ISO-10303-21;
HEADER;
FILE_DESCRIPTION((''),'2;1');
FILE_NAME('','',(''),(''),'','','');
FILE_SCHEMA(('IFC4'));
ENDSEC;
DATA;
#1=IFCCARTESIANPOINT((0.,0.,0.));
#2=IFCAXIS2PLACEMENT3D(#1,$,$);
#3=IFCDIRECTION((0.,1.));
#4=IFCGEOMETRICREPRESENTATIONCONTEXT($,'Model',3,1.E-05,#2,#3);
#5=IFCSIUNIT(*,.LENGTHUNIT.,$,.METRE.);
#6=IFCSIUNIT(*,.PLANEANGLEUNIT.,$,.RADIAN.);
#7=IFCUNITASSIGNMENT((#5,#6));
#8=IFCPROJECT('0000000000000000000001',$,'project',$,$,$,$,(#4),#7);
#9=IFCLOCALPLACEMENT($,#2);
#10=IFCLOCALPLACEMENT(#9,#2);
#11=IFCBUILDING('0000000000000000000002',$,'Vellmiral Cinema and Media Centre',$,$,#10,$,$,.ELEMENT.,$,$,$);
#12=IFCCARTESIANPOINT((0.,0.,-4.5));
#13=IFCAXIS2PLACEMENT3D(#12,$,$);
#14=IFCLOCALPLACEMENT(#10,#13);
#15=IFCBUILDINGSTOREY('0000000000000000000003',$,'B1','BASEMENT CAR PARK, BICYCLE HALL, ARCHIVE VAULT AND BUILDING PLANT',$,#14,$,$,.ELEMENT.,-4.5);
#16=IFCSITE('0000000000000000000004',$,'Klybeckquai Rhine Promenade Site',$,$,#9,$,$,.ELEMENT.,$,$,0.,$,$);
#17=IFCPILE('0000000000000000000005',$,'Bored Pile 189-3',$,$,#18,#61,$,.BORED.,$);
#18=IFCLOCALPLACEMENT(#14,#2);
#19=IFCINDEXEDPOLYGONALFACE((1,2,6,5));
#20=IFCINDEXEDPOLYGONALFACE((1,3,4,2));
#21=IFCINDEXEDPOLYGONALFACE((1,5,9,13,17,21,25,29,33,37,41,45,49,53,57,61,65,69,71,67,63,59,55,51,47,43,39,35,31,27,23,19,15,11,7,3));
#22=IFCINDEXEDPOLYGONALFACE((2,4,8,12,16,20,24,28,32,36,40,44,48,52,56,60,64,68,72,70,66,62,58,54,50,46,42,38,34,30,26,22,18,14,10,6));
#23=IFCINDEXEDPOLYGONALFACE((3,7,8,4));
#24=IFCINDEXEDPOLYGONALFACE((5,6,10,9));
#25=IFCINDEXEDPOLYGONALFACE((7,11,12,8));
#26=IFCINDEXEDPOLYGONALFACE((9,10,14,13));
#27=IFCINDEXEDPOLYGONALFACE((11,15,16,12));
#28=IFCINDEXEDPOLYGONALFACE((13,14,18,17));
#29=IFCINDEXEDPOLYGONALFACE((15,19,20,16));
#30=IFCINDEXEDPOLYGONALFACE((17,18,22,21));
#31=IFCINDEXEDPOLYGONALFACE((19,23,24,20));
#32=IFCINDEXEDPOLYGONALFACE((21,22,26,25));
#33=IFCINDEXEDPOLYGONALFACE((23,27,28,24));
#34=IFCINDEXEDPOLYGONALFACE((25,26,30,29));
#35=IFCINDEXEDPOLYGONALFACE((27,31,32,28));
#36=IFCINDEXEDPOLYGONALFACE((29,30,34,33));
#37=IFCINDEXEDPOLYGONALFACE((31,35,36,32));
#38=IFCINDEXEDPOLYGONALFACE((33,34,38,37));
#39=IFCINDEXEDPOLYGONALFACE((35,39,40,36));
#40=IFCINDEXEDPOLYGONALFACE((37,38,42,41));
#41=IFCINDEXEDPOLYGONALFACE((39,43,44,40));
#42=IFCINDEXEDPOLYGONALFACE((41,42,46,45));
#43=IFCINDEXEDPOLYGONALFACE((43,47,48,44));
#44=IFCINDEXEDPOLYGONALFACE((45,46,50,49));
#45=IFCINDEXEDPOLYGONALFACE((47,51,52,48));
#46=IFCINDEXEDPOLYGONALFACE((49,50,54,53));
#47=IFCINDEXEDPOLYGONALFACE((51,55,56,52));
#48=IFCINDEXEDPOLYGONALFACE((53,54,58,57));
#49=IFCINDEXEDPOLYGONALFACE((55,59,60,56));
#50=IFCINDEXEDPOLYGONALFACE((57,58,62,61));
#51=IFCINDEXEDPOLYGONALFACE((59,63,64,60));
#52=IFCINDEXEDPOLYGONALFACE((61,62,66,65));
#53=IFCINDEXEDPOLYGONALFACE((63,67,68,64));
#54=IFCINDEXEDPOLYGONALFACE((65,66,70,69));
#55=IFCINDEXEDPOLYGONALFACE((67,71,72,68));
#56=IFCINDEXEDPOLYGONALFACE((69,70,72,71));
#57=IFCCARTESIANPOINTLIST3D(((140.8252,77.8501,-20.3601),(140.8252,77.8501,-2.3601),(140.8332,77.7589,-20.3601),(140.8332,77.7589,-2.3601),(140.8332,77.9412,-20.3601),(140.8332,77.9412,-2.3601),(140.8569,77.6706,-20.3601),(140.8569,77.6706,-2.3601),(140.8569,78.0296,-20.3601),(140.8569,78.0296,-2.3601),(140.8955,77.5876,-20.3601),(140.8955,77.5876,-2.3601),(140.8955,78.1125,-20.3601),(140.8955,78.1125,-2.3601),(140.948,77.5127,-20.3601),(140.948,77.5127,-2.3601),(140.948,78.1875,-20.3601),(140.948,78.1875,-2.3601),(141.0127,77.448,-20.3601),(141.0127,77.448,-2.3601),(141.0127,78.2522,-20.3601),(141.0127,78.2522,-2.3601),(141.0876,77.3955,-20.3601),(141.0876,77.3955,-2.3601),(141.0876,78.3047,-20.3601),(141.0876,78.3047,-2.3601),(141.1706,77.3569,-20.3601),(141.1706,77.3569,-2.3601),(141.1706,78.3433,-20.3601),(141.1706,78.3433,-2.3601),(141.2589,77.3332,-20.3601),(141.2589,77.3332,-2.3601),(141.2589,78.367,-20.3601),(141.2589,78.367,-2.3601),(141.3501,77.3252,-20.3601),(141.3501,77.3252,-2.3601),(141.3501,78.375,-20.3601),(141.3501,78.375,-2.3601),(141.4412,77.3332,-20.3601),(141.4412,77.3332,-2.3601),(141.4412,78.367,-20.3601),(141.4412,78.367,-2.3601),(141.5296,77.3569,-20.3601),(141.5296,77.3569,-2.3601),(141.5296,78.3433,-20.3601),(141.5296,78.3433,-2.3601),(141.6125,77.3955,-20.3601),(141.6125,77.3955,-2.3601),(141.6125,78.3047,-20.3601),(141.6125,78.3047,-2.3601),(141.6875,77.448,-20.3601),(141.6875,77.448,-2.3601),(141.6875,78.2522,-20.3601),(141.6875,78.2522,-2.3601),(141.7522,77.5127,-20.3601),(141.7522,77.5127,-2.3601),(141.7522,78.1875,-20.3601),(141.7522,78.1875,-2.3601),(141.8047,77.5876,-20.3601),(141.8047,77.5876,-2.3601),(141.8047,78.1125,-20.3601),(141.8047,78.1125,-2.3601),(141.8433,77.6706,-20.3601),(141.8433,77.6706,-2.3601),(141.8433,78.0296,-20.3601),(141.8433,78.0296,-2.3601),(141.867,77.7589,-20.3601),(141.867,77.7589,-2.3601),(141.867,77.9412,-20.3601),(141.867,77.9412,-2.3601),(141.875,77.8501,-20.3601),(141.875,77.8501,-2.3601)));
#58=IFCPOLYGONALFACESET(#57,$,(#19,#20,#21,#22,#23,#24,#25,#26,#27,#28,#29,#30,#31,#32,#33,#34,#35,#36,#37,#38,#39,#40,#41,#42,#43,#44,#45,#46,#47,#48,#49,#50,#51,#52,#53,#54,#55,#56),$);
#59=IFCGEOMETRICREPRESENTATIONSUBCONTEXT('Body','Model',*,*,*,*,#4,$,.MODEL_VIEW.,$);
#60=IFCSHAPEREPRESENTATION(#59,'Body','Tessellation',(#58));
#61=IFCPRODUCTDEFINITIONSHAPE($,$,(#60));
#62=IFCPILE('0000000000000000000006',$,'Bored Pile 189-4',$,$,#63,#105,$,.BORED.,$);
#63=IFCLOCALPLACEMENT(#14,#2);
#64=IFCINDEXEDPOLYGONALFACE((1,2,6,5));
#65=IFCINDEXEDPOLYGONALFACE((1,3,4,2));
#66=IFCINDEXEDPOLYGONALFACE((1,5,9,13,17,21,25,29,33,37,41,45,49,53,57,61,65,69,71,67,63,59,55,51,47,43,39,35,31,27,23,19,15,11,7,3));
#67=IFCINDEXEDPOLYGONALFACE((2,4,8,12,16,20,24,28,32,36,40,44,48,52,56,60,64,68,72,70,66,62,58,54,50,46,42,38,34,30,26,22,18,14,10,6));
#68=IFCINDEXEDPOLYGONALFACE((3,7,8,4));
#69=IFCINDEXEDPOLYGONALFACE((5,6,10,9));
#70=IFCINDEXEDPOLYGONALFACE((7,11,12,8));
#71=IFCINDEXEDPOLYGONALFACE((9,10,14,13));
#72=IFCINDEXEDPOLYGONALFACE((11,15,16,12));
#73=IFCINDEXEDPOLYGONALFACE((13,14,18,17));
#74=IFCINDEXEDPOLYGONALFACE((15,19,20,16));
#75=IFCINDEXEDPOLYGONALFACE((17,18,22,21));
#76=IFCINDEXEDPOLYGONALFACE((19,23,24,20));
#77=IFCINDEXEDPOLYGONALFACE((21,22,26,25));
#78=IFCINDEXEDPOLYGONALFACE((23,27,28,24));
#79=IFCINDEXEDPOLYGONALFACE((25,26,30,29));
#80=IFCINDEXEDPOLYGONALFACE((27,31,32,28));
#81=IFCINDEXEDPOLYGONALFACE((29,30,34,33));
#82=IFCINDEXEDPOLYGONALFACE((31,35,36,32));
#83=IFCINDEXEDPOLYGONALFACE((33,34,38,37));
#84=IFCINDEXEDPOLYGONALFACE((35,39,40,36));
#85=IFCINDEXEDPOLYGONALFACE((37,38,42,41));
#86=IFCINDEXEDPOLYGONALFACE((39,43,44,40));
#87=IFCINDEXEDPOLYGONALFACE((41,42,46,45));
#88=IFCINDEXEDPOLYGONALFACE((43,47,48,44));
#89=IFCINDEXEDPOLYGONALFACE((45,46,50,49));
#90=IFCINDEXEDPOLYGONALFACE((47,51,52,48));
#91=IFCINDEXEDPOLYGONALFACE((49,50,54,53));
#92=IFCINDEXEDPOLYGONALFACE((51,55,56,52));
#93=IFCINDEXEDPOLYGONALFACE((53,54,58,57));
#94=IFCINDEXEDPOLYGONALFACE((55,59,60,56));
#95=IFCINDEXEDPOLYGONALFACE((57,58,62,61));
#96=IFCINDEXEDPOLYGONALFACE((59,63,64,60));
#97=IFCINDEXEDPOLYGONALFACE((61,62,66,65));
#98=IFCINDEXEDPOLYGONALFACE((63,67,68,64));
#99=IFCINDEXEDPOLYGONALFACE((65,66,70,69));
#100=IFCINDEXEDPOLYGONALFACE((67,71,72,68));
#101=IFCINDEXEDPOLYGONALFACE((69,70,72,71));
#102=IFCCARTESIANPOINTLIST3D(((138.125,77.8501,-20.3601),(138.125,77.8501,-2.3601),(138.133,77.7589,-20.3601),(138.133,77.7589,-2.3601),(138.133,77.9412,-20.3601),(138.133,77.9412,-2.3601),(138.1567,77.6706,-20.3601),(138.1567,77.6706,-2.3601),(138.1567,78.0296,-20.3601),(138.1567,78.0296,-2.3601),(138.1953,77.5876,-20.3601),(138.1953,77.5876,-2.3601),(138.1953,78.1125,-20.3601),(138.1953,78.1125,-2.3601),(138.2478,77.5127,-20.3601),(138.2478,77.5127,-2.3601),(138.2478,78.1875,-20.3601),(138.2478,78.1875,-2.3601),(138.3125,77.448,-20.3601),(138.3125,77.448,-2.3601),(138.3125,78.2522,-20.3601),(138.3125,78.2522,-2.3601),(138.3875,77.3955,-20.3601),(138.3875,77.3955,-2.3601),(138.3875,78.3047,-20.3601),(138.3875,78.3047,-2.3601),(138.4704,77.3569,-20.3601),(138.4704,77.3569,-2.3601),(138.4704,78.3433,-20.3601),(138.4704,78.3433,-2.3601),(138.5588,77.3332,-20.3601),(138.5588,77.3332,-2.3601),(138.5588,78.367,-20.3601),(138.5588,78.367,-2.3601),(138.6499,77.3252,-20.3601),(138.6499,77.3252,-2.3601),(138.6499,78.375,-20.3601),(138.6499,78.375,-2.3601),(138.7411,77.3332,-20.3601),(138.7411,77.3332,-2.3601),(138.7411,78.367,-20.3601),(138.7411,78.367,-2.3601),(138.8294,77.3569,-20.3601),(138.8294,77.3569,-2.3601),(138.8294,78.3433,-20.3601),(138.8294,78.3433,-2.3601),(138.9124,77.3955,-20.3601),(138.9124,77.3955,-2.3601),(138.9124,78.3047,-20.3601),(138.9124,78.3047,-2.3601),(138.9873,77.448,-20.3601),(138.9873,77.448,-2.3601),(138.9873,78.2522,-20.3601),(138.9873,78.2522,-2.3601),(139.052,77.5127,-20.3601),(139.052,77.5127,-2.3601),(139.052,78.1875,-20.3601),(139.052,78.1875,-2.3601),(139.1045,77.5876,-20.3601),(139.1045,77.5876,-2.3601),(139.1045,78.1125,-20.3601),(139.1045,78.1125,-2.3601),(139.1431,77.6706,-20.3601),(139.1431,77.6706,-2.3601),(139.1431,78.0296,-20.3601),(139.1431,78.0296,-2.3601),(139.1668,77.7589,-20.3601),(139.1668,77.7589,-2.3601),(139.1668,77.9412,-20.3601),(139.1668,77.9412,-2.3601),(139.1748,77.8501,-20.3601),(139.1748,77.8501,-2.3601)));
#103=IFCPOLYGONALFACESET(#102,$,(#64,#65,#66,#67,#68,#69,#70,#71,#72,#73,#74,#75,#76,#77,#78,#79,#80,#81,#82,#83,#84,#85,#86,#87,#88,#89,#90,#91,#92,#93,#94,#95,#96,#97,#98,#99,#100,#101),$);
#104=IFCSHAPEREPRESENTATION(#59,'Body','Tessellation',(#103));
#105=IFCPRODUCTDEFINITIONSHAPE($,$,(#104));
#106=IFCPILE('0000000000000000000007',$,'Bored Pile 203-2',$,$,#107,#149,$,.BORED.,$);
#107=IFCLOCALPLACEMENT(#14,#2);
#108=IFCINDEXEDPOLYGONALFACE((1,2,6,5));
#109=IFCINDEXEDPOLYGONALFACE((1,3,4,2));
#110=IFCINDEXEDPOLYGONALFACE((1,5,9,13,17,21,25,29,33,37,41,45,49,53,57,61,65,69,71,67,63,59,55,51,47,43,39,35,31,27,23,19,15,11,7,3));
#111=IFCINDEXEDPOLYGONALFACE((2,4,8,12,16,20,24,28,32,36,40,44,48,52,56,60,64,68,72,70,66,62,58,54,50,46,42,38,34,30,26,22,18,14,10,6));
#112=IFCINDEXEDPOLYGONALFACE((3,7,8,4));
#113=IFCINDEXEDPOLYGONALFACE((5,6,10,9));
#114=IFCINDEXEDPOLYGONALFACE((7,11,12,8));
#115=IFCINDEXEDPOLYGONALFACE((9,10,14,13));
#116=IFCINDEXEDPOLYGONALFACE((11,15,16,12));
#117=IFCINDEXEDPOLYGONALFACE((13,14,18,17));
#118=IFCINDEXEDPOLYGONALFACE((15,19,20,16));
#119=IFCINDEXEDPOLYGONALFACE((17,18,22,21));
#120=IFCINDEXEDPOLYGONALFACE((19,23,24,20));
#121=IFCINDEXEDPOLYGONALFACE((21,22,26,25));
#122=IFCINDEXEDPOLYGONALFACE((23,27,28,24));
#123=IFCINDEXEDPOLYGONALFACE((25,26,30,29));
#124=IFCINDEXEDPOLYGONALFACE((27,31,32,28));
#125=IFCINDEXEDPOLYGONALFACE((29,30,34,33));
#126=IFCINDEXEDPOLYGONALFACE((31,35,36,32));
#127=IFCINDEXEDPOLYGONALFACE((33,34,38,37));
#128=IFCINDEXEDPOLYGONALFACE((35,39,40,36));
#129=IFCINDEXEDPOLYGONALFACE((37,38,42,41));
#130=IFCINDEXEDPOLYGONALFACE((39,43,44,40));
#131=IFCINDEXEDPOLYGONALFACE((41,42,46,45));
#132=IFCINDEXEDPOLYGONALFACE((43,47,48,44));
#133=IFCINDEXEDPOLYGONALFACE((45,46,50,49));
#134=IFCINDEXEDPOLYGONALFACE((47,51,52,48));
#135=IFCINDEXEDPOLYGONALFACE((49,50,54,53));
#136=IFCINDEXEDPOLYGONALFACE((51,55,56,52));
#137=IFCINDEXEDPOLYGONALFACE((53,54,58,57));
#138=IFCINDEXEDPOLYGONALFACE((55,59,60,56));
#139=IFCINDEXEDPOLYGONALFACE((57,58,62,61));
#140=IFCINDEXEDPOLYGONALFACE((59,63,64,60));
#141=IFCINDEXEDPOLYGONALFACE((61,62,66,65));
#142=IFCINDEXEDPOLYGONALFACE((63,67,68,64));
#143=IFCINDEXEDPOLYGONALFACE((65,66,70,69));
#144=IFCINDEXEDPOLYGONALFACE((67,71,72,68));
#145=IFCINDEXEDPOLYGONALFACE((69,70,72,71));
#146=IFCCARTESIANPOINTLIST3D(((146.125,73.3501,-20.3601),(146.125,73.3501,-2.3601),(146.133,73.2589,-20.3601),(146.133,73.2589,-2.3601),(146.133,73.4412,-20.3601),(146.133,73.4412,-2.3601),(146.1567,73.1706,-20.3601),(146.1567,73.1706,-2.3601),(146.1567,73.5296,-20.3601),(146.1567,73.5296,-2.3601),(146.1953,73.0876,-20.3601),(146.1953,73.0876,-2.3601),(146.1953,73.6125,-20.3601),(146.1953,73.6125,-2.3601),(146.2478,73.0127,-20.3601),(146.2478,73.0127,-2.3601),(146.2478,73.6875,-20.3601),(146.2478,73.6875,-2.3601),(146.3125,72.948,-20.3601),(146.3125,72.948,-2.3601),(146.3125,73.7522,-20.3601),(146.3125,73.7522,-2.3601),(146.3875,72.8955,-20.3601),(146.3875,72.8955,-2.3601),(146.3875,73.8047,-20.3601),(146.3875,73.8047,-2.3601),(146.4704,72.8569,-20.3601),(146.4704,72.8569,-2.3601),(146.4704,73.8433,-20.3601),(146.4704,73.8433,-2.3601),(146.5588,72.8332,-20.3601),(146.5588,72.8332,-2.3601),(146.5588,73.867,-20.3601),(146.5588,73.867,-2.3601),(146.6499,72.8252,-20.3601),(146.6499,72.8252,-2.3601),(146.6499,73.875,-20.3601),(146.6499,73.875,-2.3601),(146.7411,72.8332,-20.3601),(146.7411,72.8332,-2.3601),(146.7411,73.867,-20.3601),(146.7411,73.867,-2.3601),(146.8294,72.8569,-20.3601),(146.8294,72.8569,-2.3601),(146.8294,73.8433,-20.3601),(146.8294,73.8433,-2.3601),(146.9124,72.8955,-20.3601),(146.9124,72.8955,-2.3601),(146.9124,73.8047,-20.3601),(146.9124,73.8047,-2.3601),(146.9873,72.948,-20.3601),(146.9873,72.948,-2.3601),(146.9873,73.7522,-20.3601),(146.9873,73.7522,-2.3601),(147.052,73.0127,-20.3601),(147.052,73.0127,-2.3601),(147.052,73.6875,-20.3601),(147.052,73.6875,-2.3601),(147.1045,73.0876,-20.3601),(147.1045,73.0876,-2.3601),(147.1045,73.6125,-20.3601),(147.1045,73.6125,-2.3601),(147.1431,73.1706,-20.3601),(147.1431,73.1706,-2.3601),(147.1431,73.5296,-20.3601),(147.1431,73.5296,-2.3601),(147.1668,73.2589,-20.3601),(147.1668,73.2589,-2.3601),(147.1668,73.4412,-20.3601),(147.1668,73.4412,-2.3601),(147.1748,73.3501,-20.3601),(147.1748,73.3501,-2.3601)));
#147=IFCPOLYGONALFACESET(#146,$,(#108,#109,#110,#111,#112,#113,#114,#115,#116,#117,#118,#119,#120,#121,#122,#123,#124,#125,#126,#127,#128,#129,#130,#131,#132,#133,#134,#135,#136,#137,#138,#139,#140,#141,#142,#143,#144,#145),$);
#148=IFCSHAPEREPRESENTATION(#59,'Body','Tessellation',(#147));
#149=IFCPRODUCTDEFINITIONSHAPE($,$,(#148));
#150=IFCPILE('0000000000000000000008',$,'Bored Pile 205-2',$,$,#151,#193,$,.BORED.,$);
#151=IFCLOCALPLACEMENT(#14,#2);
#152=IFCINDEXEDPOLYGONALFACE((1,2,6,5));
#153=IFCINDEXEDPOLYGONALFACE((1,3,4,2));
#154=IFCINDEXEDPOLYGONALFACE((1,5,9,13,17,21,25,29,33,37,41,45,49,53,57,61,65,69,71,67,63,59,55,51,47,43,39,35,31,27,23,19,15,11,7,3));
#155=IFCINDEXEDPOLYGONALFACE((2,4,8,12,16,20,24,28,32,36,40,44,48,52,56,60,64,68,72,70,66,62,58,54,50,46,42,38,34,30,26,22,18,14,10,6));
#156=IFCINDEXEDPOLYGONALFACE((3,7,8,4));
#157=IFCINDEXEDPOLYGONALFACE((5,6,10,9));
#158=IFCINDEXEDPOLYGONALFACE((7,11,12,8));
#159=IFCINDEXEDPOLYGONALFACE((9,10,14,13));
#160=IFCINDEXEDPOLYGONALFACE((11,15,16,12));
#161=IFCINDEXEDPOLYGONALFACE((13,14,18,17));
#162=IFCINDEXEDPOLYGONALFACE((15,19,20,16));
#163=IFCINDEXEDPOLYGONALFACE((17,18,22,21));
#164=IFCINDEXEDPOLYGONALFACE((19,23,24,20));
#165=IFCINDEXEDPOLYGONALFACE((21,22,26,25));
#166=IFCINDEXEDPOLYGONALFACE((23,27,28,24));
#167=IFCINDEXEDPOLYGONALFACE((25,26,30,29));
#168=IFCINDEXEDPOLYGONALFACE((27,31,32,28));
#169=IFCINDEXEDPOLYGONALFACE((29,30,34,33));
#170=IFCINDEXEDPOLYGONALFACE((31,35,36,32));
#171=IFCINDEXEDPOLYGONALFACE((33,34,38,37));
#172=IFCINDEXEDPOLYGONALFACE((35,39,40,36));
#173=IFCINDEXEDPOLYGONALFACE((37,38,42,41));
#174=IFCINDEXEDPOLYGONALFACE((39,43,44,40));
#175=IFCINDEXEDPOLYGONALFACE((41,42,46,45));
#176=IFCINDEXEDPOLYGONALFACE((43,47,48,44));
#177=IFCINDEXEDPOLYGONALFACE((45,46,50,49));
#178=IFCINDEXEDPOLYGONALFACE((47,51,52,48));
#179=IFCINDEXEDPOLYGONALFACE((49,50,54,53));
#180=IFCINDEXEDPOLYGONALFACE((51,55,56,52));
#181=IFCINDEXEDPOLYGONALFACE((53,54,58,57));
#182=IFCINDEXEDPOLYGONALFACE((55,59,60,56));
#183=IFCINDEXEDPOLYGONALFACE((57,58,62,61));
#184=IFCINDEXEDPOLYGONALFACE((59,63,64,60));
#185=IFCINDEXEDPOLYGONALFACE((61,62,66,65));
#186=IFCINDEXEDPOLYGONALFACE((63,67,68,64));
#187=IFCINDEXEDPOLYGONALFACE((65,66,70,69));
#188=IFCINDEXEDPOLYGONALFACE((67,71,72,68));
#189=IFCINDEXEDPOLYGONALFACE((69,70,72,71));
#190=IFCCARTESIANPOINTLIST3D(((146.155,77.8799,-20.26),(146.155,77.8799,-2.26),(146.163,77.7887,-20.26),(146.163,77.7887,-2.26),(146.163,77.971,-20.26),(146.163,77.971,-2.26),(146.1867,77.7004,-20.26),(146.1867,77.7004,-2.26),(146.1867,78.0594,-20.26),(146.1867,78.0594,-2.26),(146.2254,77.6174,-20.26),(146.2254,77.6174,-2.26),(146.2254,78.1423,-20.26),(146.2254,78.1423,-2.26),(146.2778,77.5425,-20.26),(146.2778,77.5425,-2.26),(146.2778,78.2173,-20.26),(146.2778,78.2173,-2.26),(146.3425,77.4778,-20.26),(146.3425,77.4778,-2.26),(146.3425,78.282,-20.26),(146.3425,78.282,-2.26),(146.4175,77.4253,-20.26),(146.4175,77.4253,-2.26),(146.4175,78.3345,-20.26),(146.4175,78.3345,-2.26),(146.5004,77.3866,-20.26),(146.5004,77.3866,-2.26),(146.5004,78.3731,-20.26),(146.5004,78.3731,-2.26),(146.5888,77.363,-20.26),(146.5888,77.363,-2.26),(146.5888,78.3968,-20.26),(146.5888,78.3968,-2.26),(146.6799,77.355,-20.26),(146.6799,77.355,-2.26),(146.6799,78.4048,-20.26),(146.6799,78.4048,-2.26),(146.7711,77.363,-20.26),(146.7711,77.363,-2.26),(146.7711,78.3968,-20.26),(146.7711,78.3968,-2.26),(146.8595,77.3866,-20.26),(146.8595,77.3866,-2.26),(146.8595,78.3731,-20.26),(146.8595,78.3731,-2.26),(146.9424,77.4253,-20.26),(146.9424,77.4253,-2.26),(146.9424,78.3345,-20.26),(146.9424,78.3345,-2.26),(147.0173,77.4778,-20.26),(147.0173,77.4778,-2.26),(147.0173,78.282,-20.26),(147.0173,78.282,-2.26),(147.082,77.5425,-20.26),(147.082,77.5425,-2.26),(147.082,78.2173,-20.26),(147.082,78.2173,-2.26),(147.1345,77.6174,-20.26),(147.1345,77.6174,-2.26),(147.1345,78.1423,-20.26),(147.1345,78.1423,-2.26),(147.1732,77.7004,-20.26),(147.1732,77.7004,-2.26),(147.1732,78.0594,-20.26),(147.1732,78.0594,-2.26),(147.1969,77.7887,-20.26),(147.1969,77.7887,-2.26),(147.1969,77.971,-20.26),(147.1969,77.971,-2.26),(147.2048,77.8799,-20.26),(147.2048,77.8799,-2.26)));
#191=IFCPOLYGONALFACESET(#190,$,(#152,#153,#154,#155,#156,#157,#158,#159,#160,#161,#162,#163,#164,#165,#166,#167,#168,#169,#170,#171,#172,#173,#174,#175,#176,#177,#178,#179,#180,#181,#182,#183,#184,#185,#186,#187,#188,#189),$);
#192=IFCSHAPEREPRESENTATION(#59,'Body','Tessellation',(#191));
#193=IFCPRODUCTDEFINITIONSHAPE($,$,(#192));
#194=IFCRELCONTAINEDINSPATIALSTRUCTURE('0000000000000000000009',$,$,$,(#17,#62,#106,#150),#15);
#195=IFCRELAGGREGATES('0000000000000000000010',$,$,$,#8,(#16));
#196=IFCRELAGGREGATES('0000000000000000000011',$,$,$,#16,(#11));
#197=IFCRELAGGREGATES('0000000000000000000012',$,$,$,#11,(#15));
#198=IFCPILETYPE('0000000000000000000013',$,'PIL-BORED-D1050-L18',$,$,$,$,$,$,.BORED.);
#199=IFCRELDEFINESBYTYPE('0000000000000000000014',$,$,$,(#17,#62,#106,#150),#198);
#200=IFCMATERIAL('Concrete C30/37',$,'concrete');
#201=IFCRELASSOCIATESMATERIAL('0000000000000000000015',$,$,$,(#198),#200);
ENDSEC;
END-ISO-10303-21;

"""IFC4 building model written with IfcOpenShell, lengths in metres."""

from ifc_helpers import new_model, si_unit, direction, frame, origin, origin_2d, place, context, subcontext, project, spatial, circle, extrude, material, material_profile, profile_set, type_object, element, save


model = new_model("IFC4")

# Units and contexts
model_context = context("Model", 3, precision=1e-05, world=origin(), true_north=direction((0.0, 1.0)))
body_context = subcontext(model_context, "Body", "Model", "MODEL_VIEW")
ifc_project = project(units=[si_unit("LENGTHUNIT", "METRE"), si_unit("PLANEANGLEUNIT", "RADIAN")], contexts=[model_context])

# Site, building, storey
site_placement = place(None, origin())
site = spatial("IfcSite", under=ifc_project, at=site_placement, Name="Klybeckquai Rhine Promenade Site", CompositionType="ELEMENT", RefElevation=0.0)
building_placement = place(site_placement, origin())
building = spatial("IfcBuilding", under=site, at=building_placement, Name="Vellmiral Cinema and Media Centre", CompositionType="ELEMENT")
storey_placement = place(building_placement, frame((0.0, 0.0, -4.5)))
storey = spatial("IfcBuildingStorey", under=building, at=storey_placement, Name="B1", Description="BASEMENT CAR PARK, BICYCLE HALL, ARCHIVE VAULT AND BUILDING PLANT", CompositionType="ELEMENT", Elevation=-4.5)

# Piles
ifc_material_1 = material(Name="Concrete C30/37", Category="concrete")
ifc_material_profile_1 = material_profile(ifc_material_1, circle(Radius=0.5249, at=origin_2d()), Name="PILE D1050")
ifc_profile_set_1 = profile_set([ifc_material_profile_1], Name="Concrete C30/37")
pile_type_1 = type_object("IfcPileType", Name="PIL-BORED-D1050-L18", PredefinedType="BORED", material=ifc_profile_set_1)
for number, where, z_axis, x_axis, name in (
    (1, (141.3501, 77.8501, -2.3601), (0.0, 0.0, -1.0), (1.0, 0.0, 0.0), "Bored Pile 189-3"),
    (2, (138.6499, 77.8501, -2.3601), (0.0, 0.0, -1.0), (1.0, 0.0, 0.0), "Bored Pile 189-4"),
    (3, (146.6499, 73.3501, -2.3601), (0.0, 0.0, -1.0), (1.0, 0.0, 0.0), "Bored Pile 203-2"),
    (4, (146.6799, 77.8799, -2.26), (0.0, 0.0, -1.0), (1.0, 0.0, 0.0), "Bored Pile 205-2"),
):
    element("IfcPile", number, at=place(storey_placement, frame(where, z_axis=z_axis, x_axis=x_axis)), inside=storey, type_object=pile_type_1, Name=name, PredefinedType="BORED", context=body_context, shape_type="SweptSolid", body=[
        extrude(circle(Radius=0.5249, at=origin_2d()), origin(), (0.0, 0.0, 1.0), 18.0),
    ])

save(model, "model.ifc")
